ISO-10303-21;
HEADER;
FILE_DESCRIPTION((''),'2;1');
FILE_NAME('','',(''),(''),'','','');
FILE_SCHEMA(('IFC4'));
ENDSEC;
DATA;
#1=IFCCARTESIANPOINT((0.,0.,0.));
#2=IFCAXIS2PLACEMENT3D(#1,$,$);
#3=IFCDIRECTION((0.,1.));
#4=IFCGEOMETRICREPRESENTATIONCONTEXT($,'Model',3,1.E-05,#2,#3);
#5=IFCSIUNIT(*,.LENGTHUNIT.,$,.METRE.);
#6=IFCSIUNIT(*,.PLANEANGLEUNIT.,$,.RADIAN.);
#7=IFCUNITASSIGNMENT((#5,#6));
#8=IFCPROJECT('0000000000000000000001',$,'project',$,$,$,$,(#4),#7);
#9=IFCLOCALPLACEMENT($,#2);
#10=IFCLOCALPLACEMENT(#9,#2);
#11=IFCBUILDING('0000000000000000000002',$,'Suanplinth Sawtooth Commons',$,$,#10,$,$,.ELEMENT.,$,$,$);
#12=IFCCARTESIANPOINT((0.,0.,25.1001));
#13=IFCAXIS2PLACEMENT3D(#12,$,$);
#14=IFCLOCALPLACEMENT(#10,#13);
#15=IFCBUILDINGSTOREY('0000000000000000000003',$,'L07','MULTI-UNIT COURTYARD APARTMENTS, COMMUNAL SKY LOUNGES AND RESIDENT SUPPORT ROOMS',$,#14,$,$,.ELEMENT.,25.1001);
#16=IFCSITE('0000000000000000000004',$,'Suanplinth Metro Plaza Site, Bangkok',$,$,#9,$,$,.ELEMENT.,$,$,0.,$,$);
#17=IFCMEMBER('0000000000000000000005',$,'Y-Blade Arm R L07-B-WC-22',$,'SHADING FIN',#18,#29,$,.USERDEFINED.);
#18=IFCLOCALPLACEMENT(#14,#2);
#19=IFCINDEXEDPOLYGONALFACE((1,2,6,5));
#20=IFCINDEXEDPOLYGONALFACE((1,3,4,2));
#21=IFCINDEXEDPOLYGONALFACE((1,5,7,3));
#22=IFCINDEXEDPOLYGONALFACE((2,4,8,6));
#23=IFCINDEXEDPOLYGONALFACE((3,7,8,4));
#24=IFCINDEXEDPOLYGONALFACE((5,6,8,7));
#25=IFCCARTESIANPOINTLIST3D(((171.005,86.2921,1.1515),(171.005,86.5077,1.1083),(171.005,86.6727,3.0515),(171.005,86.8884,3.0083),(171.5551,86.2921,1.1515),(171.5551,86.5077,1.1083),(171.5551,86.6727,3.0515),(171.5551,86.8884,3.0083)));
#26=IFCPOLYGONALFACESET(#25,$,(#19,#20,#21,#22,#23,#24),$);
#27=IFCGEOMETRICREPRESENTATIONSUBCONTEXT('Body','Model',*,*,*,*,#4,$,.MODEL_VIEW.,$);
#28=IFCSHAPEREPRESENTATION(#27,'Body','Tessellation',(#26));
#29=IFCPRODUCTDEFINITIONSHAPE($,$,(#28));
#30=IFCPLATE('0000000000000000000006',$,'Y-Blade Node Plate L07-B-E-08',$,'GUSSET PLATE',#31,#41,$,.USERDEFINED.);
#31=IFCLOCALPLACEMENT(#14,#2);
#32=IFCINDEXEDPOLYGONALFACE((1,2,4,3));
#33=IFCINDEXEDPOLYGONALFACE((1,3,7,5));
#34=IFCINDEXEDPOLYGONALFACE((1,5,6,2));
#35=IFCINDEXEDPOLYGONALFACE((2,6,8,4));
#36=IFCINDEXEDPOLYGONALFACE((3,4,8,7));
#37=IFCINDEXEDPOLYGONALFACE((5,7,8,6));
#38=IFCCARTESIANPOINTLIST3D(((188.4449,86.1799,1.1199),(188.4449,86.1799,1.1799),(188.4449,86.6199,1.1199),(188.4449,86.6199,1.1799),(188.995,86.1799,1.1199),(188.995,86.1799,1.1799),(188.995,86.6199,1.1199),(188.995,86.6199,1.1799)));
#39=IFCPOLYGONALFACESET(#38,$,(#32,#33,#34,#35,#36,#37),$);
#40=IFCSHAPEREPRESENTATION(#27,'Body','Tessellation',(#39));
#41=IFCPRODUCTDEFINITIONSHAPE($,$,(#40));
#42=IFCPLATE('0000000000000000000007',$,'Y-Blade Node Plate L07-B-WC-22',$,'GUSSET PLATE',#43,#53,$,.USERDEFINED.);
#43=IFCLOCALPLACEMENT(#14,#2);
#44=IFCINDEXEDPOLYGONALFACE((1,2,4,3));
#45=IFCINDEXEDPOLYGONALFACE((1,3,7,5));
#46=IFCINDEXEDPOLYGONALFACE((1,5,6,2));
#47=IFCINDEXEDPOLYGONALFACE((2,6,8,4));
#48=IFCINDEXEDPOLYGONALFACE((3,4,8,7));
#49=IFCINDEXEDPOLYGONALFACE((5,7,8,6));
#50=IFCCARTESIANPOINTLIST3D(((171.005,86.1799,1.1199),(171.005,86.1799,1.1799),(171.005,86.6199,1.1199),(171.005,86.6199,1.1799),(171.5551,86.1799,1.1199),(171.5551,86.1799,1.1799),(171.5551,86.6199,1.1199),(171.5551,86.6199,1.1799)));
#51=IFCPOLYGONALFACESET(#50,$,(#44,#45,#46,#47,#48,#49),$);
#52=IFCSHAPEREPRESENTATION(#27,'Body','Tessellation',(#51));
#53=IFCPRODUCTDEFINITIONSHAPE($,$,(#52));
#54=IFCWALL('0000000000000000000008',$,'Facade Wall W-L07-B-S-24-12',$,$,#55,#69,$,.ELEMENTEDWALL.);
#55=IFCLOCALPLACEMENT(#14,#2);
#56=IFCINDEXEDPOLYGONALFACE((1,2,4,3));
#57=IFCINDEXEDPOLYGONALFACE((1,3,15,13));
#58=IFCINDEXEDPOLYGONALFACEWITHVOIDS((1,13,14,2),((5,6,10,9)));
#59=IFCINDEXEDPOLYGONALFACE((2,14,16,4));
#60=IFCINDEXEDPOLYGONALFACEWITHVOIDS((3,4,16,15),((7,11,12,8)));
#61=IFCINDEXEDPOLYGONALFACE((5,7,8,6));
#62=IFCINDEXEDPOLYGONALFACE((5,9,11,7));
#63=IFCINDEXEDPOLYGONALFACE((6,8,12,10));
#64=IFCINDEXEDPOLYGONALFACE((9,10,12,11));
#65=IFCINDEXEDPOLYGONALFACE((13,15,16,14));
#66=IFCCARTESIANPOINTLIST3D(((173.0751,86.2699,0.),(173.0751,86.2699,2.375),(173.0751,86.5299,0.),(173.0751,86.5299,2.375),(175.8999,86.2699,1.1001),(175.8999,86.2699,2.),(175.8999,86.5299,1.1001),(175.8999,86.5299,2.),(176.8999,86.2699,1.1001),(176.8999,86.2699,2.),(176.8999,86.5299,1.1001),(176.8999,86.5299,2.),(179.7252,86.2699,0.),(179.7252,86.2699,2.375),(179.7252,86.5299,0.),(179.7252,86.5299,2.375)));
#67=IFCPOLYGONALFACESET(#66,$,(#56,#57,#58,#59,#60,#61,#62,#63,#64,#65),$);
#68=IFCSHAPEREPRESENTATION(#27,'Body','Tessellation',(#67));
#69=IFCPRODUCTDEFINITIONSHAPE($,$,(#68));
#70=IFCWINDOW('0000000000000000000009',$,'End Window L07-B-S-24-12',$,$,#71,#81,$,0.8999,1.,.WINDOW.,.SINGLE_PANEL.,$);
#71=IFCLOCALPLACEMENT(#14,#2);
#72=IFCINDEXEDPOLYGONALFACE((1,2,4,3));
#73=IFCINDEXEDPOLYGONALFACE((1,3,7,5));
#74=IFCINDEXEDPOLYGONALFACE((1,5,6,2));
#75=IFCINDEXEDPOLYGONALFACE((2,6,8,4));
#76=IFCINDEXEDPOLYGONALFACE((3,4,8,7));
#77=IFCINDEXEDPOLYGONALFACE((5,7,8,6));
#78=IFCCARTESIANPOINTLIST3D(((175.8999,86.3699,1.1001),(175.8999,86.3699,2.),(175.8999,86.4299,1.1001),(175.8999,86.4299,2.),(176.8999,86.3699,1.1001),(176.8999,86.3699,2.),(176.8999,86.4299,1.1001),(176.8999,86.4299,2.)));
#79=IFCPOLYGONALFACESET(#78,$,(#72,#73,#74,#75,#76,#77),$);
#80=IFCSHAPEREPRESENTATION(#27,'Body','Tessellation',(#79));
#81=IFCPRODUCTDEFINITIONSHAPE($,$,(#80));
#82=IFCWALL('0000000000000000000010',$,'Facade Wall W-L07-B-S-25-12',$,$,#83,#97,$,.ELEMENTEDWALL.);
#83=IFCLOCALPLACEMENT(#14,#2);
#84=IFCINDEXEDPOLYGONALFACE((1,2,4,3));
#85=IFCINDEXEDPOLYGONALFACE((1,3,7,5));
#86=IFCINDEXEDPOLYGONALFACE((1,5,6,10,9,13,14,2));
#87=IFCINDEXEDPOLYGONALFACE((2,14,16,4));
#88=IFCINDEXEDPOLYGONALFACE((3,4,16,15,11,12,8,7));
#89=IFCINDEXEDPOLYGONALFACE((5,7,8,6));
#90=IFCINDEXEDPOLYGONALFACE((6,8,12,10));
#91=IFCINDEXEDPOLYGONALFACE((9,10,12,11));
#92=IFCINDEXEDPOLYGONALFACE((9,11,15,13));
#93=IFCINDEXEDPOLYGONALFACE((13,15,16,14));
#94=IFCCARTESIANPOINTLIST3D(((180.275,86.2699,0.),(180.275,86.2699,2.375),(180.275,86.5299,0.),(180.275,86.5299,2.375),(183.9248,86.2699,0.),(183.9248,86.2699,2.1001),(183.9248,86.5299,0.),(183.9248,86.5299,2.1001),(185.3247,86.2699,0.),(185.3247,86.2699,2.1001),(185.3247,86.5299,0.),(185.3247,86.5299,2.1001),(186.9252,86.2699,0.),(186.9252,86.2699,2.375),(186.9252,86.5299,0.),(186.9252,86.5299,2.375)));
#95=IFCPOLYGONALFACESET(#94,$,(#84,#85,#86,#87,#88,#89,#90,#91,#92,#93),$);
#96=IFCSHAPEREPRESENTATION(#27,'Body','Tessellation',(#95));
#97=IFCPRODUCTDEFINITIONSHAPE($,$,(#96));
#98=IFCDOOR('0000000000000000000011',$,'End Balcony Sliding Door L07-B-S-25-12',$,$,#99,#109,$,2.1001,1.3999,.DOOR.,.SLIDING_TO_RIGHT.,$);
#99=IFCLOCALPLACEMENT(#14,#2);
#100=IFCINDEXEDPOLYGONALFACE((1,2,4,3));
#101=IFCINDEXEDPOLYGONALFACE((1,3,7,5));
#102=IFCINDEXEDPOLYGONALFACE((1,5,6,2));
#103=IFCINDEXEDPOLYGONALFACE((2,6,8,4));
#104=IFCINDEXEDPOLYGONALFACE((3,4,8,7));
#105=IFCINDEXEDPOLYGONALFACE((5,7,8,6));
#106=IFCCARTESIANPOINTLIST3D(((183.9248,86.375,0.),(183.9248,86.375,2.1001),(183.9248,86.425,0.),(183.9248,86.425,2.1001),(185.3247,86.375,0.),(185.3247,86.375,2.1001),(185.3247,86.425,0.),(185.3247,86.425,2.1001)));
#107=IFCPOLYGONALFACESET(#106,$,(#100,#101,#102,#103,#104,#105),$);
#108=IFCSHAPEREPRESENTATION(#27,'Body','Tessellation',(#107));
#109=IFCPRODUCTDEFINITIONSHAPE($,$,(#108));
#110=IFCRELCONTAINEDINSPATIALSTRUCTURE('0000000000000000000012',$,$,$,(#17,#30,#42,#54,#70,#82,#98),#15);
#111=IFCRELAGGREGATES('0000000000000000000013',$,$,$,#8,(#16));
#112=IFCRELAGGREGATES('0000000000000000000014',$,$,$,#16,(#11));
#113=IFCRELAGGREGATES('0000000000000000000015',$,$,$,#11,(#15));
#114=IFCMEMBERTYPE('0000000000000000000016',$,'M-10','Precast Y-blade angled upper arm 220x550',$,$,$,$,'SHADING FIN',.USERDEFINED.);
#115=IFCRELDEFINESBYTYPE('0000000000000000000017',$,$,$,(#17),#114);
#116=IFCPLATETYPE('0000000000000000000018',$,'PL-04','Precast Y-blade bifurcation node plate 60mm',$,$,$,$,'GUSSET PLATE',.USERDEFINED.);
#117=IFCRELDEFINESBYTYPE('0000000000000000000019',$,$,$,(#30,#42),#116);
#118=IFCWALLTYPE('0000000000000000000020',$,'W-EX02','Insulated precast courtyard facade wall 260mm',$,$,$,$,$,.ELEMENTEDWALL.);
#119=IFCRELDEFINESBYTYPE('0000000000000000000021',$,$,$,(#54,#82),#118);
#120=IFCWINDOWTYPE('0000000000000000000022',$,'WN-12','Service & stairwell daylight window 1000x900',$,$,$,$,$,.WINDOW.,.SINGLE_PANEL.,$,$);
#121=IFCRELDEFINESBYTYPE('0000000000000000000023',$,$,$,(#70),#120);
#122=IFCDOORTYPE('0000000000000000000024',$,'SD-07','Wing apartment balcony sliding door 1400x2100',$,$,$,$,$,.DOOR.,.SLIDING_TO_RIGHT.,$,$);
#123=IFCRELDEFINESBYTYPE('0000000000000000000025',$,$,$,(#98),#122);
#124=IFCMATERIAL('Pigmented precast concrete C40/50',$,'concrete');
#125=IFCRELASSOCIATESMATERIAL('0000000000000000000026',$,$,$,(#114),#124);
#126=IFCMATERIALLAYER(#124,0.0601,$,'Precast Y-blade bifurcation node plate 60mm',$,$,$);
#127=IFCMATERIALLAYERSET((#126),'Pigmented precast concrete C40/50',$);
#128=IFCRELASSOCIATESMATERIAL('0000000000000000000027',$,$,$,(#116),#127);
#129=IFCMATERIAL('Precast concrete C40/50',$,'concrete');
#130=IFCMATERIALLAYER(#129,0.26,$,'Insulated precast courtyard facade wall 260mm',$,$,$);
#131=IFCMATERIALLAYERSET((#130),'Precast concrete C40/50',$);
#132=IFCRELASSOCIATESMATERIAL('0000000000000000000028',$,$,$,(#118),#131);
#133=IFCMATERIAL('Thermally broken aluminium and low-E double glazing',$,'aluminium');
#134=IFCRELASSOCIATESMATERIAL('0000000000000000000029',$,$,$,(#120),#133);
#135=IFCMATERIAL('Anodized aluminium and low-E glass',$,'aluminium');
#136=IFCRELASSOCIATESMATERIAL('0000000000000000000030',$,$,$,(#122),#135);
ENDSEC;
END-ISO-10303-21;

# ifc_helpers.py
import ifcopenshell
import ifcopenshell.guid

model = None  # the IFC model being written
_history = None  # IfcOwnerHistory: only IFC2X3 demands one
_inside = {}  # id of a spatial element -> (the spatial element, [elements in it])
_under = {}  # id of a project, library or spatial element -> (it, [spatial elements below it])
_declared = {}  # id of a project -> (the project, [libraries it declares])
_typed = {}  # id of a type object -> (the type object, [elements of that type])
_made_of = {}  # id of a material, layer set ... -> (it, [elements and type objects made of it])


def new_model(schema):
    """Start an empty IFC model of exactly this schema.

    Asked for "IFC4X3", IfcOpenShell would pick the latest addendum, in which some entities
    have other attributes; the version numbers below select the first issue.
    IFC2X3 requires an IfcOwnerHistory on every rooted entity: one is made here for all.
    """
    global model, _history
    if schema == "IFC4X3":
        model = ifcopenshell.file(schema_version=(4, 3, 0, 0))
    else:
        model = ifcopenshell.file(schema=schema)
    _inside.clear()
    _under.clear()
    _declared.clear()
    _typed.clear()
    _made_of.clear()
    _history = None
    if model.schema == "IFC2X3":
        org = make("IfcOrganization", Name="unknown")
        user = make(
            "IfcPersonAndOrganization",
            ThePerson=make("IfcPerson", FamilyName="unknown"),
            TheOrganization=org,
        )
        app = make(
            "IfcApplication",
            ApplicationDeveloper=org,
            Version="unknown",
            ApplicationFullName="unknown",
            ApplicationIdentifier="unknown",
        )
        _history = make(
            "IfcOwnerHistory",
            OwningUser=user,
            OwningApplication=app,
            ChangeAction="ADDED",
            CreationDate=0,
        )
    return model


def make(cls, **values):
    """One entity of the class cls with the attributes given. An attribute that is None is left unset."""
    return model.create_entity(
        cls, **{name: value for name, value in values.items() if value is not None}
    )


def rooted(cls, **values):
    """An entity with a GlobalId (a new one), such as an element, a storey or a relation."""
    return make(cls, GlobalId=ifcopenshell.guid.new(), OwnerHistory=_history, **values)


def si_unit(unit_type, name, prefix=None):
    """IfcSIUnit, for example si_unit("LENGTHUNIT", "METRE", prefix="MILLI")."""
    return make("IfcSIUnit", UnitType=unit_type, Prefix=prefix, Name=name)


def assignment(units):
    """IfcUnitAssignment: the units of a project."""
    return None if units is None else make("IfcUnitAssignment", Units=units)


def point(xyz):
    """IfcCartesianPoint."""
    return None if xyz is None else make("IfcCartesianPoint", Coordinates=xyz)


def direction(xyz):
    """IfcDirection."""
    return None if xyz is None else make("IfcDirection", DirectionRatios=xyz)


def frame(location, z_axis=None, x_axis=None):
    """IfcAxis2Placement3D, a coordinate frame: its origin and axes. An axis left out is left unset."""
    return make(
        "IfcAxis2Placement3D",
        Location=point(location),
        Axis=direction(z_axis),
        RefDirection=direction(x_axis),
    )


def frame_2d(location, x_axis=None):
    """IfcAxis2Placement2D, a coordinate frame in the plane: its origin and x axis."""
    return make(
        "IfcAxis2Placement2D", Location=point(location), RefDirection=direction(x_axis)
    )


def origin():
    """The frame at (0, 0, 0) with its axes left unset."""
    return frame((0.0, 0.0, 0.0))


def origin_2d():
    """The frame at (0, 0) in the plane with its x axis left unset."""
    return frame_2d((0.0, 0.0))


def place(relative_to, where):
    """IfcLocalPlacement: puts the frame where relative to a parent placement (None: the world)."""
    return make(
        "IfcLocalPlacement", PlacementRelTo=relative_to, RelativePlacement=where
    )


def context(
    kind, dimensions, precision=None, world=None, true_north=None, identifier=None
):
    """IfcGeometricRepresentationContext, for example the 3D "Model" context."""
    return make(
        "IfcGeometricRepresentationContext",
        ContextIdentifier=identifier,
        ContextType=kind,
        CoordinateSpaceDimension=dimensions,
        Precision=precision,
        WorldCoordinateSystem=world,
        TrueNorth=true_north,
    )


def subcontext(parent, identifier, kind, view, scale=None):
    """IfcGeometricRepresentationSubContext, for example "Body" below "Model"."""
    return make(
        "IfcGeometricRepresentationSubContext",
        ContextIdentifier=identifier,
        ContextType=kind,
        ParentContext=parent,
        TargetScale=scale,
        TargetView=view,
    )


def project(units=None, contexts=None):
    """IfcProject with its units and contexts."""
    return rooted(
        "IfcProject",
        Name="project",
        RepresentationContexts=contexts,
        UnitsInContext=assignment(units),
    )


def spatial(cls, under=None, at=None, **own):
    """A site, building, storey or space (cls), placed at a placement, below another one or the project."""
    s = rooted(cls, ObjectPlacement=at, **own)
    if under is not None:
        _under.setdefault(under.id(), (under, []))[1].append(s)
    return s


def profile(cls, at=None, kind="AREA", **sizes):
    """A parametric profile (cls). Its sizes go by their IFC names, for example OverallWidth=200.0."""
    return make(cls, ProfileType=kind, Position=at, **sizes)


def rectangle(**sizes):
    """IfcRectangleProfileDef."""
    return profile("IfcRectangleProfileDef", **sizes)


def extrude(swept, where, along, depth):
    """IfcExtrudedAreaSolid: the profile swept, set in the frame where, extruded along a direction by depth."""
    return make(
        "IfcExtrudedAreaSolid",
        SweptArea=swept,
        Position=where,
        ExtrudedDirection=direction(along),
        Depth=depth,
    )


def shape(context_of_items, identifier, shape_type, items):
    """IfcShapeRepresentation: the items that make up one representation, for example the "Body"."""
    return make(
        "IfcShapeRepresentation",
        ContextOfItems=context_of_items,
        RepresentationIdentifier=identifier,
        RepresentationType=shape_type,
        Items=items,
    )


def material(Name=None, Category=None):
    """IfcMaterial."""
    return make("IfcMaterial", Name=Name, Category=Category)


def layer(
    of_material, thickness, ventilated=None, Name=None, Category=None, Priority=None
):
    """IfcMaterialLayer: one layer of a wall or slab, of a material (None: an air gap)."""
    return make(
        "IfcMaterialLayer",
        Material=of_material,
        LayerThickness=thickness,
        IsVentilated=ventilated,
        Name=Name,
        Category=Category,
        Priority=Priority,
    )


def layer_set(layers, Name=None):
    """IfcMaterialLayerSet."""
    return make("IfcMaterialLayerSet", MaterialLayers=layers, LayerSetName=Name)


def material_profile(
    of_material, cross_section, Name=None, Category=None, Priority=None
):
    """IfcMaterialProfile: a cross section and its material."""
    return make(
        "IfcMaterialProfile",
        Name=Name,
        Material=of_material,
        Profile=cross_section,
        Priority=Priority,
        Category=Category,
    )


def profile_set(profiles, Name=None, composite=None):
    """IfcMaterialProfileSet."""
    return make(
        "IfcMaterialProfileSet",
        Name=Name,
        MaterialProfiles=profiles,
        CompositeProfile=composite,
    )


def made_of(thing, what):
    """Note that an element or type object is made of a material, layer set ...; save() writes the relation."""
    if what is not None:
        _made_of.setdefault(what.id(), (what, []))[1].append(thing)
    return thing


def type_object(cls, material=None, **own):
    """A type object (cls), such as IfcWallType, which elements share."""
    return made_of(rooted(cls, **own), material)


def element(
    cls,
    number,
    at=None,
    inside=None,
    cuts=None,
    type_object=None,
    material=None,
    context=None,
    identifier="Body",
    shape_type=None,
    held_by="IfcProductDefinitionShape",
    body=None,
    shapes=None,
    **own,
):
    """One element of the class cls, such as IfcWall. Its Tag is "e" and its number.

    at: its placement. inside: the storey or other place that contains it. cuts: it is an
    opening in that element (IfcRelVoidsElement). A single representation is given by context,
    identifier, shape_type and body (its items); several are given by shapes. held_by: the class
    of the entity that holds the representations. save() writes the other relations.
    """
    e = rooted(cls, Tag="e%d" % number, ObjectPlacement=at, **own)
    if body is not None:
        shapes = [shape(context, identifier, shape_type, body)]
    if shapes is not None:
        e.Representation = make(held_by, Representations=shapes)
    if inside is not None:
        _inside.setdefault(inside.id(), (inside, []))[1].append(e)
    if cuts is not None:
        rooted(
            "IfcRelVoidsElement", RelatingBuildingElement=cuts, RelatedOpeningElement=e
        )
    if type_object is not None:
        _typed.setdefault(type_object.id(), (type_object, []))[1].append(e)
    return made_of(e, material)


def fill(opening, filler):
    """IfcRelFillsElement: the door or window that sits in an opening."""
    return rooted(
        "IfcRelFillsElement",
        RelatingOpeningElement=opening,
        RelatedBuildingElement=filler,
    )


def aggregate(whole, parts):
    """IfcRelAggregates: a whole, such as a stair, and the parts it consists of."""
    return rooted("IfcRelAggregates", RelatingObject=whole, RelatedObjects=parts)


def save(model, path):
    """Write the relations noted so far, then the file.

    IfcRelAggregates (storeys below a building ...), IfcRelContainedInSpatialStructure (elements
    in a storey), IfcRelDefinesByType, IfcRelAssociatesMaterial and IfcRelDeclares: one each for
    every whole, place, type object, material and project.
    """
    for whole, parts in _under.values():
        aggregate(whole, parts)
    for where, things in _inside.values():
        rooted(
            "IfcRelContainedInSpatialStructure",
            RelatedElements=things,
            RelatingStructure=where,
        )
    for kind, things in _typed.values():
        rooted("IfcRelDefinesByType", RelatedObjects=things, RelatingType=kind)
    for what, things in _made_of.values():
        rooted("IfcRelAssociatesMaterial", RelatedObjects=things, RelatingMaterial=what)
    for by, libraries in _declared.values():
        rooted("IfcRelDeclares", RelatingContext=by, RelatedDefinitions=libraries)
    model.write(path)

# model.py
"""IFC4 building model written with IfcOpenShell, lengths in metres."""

from ifc_helpers import new_model, si_unit, direction, frame, frame_2d, origin, origin_2d, place, context, subcontext, project, spatial, rectangle, extrude, material, layer, layer_set, material_profile, profile_set, type_object, element, fill, save


model = new_model("IFC4")

# Units and contexts
model_context = context("Model", 3, precision=1e-05, world=origin(), true_north=direction((0.0, 1.0)))
body_context = subcontext(model_context, "Body", "Model", "MODEL_VIEW")
ifc_project = project(units=[si_unit("LENGTHUNIT", "METRE"), si_unit("PLANEANGLEUNIT", "RADIAN")], contexts=[model_context])

# Site, building, storey
site_placement = place(None, origin())
site = spatial("IfcSite", under=ifc_project, at=site_placement, Name="Suanplinth Metro Plaza Site, Bangkok", CompositionType="ELEMENT", RefElevation=0.0)
building_placement = place(site_placement, origin())
building = spatial("IfcBuilding", under=site, at=building_placement, Name="Suanplinth Sawtooth Commons", CompositionType="ELEMENT")
storey_placement = place(building_placement, frame((0.0, 0.0, 25.1001)))
storey = spatial("IfcBuildingStorey", under=building, at=storey_placement, Name="L07", Description="MULTI-UNIT COURTYARD APARTMENTS, COMMUNAL SKY LOUNGES AND RESIDENT SUPPORT ROOMS", CompositionType="ELEMENT", Elevation=25.1001)

# Shared definitions
ifc_material_1 = material(Name="Precast concrete C40/50", Category="concrete")

# Member
ifc_material_2 = material(Name="Pigmented precast concrete C40/50", Category="concrete")
ifc_material_profile_1 = material_profile(ifc_material_2, rectangle(XDim=0.22, YDim=0.55, at=origin_2d()), Name="PC-FIN 220x550")
ifc_profile_set_1 = profile_set([ifc_material_profile_1], Name="Pigmented precast concrete C40/50")
member_type_1 = type_object("IfcMemberType", Name="M-10", Description="Precast Y-blade angled upper arm 220x550", ElementType="SHADING FIN", PredefinedType="USERDEFINED", material=ifc_profile_set_1)
member_1_placement = place(storey_placement, frame((171.28, 86.3999, 1.1299), z_axis=(0.0, 0.196431, 0.980518), x_axis=(0.0, -0.980518, 0.196431)))
element("IfcMember", 1, at=member_1_placement, inside=storey, type_object=member_type_1, Name="Y-Blade Arm R L07-B-WC-22", ObjectType="SHADING FIN", PredefinedType="USERDEFINED", context=body_context, shape_type="SweptSolid", body=[
    extrude(rectangle(XDim=0.22, YDim=0.55, at=origin_2d()), origin(), (0.0, 0.0, 1.0), 1.9377),
])

# Plates
ifc_layer_1 = layer(ifc_material_2, 0.0601, Name="Precast Y-blade bifurcation node plate 60mm")
ifc_layer_set_1 = layer_set([ifc_layer_1], Name="Pigmented precast concrete C40/50")
plate_type = type_object("IfcPlateType", Name="PL-04", Description="Precast Y-blade bifurcation node plate 60mm", ElementType="GUSSET PLATE", PredefinedType="USERDEFINED", material=ifc_layer_set_1)
for number, where, z_axis, x_axis, name in (
    (2, (188.72, 86.3999, 1.1199), (0.0, 0.0, 1.0), (0.0, 1.0, 0.0), "Y-Blade Node Plate L07-B-E-08"),
    (3, (171.28, 86.3999, 1.1199), (0.0, 0.0, 1.0), (0.0, 1.0, 0.0), "Y-Blade Node Plate L07-B-WC-22"),
):
    element("IfcPlate", number, at=place(storey_placement, frame(where, z_axis=z_axis, x_axis=x_axis)), inside=storey, type_object=plate_type, Name=name, ObjectType="GUSSET PLATE", PredefinedType="USERDEFINED", context=body_context, shape_type="SweptSolid", body=[
        extrude(rectangle(XDim=0.4399, YDim=0.55, at=origin_2d()), origin(), (0.0, 0.0, 1.0), 0.0601),
    ])

# Wall, opening, window
ifc_layer_2 = layer(ifc_material_1, 0.26, Name="Insulated precast courtyard facade wall 260mm")
ifc_layer_set_2 = layer_set([ifc_layer_2], Name="Precast concrete C40/50")
wall_type = type_object("IfcWallType", Name="W-EX02", Description="Insulated precast courtyard facade wall 260mm", PredefinedType="ELEMENTEDWALL", material=ifc_layer_set_2)
wall_1_placement = place(storey_placement, frame((173.075, 86.3999, 0.0), z_axis=(0.0, 0.0, 1.0), x_axis=(1.0, 0.0, 0.0)))
wall_1 = element("IfcWall", 4, at=wall_1_placement, inside=storey, type_object=wall_type, Name="Facade Wall W-L07-B-S-24-12", PredefinedType="ELEMENTEDWALL", context=body_context, shape_type="SweptSolid", body=[
    extrude(rectangle(XDim=6.6501, YDim=0.26, at=frame_2d((3.3252, 0.0))), origin(), (0.0, 0.0, 1.0), 2.375),
])
opening_1_placement = place(wall_1_placement, frame((2.825, 0.0, 1.1001)))
opening_1 = element("IfcOpeningElement", 5, at=opening_1_placement, cuts=wall_1, PredefinedType="OPENING", context=body_context, shape_type="SweptSolid", body=[
    extrude(rectangle(XDim=1.0, YDim=0.8999, at=frame_2d((0.5, 0.45))), frame((0.0, 0.145, 0.0), z_axis=(0.0, -1.0, 0.0), x_axis=(1.0, 0.0, 0.0)), (0.0, 0.0, 1.0), 0.2898),
])
ifc_material_3 = material(Name="Thermally broken aluminium and low-E double glazing", Category="aluminium")
window_type = type_object("IfcWindowType", Name="WN-12", Description="Service & stairwell daylight window 1000x900", PartitioningType="SINGLE_PANEL", PredefinedType="WINDOW", material=ifc_material_3)
window_placement = place(opening_1_placement, origin())
window = element("IfcWindow", 6, at=window_placement, inside=storey, type_object=window_type, Name="End Window L07-B-S-24-12", OverallHeight=0.8999, OverallWidth=1.0, PartitioningType="SINGLE_PANEL", PredefinedType="WINDOW", context=body_context, shape_type="SweptSolid", body=[
    extrude(rectangle(XDim=1.0, YDim=0.8999, at=frame_2d((0.5, 0.45))), frame((0.0, 0.03, 0.0), z_axis=(0.0, -1.0, 0.0), x_axis=(1.0, 0.0, 0.0)), (0.0, 0.0, 1.0), 0.0601),
])
fill(opening_1, window)

# Wall, opening, door
wall_2_placement = place(storey_placement, frame((180.2749, 86.3999, 0.0), z_axis=(0.0, 0.0, 1.0), x_axis=(1.0, 0.0, 0.0)))
wall_2 = element("IfcWall", 7, at=wall_2_placement, inside=storey, type_object=wall_type, Name="Facade Wall W-L07-B-S-25-12", PredefinedType="ELEMENTEDWALL", context=body_context, shape_type="SweptSolid", body=[
    extrude(rectangle(XDim=6.6501, YDim=0.26, at=frame_2d((3.3252, 0.0))), origin(), (0.0, 0.0, 1.0), 2.375),
])
opening_2_placement = place(wall_2_placement, frame((3.6499, 0.0, 0.0)))
opening_2 = element("IfcOpeningElement", 8, at=opening_2_placement, cuts=wall_2, PredefinedType="OPENING", context=body_context, shape_type="SweptSolid", body=[
    extrude(rectangle(XDim=1.3999, YDim=2.1001, at=frame_2d((0.7, 1.05))), frame((0.0, 0.145, 0.0), z_axis=(0.0, -1.0, 0.0), x_axis=(1.0, 0.0, 0.0)), (0.0, 0.0, 1.0), 0.2898),
])
ifc_material_4 = material(Name="Anodized aluminium and low-E glass", Category="aluminium")
door_type = type_object("IfcDoorType", Name="SD-07", Description="Wing apartment balcony sliding door 1400x2100", OperationType="SLIDING_TO_RIGHT", PredefinedType="DOOR", material=ifc_material_4)
door_placement = place(opening_2_placement, frame((1.3999, 0.0, 0.0), z_axis=(0.0, 0.0, 1.0), x_axis=(-1.0, 0.0, 0.0)))
door = element("IfcDoor", 9, at=door_placement, inside=storey, type_object=door_type, Name="End Balcony Sliding Door L07-B-S-25-12", OperationType="SLIDING_TO_RIGHT", OverallHeight=2.1001, OverallWidth=1.3999, PredefinedType="DOOR", context=body_context, shape_type="SweptSolid", body=[
    extrude(rectangle(XDim=1.3999, YDim=2.1001, at=frame_2d((0.7, 1.05))), frame((0.0, 0.0249, 0.0), z_axis=(0.0, -1.0, 0.0), x_axis=(1.0, 0.0, 0.0)), (0.0, 0.0, 1.0), 0.05),
])
fill(opening_2, door)

save(model, "model.ifc")
